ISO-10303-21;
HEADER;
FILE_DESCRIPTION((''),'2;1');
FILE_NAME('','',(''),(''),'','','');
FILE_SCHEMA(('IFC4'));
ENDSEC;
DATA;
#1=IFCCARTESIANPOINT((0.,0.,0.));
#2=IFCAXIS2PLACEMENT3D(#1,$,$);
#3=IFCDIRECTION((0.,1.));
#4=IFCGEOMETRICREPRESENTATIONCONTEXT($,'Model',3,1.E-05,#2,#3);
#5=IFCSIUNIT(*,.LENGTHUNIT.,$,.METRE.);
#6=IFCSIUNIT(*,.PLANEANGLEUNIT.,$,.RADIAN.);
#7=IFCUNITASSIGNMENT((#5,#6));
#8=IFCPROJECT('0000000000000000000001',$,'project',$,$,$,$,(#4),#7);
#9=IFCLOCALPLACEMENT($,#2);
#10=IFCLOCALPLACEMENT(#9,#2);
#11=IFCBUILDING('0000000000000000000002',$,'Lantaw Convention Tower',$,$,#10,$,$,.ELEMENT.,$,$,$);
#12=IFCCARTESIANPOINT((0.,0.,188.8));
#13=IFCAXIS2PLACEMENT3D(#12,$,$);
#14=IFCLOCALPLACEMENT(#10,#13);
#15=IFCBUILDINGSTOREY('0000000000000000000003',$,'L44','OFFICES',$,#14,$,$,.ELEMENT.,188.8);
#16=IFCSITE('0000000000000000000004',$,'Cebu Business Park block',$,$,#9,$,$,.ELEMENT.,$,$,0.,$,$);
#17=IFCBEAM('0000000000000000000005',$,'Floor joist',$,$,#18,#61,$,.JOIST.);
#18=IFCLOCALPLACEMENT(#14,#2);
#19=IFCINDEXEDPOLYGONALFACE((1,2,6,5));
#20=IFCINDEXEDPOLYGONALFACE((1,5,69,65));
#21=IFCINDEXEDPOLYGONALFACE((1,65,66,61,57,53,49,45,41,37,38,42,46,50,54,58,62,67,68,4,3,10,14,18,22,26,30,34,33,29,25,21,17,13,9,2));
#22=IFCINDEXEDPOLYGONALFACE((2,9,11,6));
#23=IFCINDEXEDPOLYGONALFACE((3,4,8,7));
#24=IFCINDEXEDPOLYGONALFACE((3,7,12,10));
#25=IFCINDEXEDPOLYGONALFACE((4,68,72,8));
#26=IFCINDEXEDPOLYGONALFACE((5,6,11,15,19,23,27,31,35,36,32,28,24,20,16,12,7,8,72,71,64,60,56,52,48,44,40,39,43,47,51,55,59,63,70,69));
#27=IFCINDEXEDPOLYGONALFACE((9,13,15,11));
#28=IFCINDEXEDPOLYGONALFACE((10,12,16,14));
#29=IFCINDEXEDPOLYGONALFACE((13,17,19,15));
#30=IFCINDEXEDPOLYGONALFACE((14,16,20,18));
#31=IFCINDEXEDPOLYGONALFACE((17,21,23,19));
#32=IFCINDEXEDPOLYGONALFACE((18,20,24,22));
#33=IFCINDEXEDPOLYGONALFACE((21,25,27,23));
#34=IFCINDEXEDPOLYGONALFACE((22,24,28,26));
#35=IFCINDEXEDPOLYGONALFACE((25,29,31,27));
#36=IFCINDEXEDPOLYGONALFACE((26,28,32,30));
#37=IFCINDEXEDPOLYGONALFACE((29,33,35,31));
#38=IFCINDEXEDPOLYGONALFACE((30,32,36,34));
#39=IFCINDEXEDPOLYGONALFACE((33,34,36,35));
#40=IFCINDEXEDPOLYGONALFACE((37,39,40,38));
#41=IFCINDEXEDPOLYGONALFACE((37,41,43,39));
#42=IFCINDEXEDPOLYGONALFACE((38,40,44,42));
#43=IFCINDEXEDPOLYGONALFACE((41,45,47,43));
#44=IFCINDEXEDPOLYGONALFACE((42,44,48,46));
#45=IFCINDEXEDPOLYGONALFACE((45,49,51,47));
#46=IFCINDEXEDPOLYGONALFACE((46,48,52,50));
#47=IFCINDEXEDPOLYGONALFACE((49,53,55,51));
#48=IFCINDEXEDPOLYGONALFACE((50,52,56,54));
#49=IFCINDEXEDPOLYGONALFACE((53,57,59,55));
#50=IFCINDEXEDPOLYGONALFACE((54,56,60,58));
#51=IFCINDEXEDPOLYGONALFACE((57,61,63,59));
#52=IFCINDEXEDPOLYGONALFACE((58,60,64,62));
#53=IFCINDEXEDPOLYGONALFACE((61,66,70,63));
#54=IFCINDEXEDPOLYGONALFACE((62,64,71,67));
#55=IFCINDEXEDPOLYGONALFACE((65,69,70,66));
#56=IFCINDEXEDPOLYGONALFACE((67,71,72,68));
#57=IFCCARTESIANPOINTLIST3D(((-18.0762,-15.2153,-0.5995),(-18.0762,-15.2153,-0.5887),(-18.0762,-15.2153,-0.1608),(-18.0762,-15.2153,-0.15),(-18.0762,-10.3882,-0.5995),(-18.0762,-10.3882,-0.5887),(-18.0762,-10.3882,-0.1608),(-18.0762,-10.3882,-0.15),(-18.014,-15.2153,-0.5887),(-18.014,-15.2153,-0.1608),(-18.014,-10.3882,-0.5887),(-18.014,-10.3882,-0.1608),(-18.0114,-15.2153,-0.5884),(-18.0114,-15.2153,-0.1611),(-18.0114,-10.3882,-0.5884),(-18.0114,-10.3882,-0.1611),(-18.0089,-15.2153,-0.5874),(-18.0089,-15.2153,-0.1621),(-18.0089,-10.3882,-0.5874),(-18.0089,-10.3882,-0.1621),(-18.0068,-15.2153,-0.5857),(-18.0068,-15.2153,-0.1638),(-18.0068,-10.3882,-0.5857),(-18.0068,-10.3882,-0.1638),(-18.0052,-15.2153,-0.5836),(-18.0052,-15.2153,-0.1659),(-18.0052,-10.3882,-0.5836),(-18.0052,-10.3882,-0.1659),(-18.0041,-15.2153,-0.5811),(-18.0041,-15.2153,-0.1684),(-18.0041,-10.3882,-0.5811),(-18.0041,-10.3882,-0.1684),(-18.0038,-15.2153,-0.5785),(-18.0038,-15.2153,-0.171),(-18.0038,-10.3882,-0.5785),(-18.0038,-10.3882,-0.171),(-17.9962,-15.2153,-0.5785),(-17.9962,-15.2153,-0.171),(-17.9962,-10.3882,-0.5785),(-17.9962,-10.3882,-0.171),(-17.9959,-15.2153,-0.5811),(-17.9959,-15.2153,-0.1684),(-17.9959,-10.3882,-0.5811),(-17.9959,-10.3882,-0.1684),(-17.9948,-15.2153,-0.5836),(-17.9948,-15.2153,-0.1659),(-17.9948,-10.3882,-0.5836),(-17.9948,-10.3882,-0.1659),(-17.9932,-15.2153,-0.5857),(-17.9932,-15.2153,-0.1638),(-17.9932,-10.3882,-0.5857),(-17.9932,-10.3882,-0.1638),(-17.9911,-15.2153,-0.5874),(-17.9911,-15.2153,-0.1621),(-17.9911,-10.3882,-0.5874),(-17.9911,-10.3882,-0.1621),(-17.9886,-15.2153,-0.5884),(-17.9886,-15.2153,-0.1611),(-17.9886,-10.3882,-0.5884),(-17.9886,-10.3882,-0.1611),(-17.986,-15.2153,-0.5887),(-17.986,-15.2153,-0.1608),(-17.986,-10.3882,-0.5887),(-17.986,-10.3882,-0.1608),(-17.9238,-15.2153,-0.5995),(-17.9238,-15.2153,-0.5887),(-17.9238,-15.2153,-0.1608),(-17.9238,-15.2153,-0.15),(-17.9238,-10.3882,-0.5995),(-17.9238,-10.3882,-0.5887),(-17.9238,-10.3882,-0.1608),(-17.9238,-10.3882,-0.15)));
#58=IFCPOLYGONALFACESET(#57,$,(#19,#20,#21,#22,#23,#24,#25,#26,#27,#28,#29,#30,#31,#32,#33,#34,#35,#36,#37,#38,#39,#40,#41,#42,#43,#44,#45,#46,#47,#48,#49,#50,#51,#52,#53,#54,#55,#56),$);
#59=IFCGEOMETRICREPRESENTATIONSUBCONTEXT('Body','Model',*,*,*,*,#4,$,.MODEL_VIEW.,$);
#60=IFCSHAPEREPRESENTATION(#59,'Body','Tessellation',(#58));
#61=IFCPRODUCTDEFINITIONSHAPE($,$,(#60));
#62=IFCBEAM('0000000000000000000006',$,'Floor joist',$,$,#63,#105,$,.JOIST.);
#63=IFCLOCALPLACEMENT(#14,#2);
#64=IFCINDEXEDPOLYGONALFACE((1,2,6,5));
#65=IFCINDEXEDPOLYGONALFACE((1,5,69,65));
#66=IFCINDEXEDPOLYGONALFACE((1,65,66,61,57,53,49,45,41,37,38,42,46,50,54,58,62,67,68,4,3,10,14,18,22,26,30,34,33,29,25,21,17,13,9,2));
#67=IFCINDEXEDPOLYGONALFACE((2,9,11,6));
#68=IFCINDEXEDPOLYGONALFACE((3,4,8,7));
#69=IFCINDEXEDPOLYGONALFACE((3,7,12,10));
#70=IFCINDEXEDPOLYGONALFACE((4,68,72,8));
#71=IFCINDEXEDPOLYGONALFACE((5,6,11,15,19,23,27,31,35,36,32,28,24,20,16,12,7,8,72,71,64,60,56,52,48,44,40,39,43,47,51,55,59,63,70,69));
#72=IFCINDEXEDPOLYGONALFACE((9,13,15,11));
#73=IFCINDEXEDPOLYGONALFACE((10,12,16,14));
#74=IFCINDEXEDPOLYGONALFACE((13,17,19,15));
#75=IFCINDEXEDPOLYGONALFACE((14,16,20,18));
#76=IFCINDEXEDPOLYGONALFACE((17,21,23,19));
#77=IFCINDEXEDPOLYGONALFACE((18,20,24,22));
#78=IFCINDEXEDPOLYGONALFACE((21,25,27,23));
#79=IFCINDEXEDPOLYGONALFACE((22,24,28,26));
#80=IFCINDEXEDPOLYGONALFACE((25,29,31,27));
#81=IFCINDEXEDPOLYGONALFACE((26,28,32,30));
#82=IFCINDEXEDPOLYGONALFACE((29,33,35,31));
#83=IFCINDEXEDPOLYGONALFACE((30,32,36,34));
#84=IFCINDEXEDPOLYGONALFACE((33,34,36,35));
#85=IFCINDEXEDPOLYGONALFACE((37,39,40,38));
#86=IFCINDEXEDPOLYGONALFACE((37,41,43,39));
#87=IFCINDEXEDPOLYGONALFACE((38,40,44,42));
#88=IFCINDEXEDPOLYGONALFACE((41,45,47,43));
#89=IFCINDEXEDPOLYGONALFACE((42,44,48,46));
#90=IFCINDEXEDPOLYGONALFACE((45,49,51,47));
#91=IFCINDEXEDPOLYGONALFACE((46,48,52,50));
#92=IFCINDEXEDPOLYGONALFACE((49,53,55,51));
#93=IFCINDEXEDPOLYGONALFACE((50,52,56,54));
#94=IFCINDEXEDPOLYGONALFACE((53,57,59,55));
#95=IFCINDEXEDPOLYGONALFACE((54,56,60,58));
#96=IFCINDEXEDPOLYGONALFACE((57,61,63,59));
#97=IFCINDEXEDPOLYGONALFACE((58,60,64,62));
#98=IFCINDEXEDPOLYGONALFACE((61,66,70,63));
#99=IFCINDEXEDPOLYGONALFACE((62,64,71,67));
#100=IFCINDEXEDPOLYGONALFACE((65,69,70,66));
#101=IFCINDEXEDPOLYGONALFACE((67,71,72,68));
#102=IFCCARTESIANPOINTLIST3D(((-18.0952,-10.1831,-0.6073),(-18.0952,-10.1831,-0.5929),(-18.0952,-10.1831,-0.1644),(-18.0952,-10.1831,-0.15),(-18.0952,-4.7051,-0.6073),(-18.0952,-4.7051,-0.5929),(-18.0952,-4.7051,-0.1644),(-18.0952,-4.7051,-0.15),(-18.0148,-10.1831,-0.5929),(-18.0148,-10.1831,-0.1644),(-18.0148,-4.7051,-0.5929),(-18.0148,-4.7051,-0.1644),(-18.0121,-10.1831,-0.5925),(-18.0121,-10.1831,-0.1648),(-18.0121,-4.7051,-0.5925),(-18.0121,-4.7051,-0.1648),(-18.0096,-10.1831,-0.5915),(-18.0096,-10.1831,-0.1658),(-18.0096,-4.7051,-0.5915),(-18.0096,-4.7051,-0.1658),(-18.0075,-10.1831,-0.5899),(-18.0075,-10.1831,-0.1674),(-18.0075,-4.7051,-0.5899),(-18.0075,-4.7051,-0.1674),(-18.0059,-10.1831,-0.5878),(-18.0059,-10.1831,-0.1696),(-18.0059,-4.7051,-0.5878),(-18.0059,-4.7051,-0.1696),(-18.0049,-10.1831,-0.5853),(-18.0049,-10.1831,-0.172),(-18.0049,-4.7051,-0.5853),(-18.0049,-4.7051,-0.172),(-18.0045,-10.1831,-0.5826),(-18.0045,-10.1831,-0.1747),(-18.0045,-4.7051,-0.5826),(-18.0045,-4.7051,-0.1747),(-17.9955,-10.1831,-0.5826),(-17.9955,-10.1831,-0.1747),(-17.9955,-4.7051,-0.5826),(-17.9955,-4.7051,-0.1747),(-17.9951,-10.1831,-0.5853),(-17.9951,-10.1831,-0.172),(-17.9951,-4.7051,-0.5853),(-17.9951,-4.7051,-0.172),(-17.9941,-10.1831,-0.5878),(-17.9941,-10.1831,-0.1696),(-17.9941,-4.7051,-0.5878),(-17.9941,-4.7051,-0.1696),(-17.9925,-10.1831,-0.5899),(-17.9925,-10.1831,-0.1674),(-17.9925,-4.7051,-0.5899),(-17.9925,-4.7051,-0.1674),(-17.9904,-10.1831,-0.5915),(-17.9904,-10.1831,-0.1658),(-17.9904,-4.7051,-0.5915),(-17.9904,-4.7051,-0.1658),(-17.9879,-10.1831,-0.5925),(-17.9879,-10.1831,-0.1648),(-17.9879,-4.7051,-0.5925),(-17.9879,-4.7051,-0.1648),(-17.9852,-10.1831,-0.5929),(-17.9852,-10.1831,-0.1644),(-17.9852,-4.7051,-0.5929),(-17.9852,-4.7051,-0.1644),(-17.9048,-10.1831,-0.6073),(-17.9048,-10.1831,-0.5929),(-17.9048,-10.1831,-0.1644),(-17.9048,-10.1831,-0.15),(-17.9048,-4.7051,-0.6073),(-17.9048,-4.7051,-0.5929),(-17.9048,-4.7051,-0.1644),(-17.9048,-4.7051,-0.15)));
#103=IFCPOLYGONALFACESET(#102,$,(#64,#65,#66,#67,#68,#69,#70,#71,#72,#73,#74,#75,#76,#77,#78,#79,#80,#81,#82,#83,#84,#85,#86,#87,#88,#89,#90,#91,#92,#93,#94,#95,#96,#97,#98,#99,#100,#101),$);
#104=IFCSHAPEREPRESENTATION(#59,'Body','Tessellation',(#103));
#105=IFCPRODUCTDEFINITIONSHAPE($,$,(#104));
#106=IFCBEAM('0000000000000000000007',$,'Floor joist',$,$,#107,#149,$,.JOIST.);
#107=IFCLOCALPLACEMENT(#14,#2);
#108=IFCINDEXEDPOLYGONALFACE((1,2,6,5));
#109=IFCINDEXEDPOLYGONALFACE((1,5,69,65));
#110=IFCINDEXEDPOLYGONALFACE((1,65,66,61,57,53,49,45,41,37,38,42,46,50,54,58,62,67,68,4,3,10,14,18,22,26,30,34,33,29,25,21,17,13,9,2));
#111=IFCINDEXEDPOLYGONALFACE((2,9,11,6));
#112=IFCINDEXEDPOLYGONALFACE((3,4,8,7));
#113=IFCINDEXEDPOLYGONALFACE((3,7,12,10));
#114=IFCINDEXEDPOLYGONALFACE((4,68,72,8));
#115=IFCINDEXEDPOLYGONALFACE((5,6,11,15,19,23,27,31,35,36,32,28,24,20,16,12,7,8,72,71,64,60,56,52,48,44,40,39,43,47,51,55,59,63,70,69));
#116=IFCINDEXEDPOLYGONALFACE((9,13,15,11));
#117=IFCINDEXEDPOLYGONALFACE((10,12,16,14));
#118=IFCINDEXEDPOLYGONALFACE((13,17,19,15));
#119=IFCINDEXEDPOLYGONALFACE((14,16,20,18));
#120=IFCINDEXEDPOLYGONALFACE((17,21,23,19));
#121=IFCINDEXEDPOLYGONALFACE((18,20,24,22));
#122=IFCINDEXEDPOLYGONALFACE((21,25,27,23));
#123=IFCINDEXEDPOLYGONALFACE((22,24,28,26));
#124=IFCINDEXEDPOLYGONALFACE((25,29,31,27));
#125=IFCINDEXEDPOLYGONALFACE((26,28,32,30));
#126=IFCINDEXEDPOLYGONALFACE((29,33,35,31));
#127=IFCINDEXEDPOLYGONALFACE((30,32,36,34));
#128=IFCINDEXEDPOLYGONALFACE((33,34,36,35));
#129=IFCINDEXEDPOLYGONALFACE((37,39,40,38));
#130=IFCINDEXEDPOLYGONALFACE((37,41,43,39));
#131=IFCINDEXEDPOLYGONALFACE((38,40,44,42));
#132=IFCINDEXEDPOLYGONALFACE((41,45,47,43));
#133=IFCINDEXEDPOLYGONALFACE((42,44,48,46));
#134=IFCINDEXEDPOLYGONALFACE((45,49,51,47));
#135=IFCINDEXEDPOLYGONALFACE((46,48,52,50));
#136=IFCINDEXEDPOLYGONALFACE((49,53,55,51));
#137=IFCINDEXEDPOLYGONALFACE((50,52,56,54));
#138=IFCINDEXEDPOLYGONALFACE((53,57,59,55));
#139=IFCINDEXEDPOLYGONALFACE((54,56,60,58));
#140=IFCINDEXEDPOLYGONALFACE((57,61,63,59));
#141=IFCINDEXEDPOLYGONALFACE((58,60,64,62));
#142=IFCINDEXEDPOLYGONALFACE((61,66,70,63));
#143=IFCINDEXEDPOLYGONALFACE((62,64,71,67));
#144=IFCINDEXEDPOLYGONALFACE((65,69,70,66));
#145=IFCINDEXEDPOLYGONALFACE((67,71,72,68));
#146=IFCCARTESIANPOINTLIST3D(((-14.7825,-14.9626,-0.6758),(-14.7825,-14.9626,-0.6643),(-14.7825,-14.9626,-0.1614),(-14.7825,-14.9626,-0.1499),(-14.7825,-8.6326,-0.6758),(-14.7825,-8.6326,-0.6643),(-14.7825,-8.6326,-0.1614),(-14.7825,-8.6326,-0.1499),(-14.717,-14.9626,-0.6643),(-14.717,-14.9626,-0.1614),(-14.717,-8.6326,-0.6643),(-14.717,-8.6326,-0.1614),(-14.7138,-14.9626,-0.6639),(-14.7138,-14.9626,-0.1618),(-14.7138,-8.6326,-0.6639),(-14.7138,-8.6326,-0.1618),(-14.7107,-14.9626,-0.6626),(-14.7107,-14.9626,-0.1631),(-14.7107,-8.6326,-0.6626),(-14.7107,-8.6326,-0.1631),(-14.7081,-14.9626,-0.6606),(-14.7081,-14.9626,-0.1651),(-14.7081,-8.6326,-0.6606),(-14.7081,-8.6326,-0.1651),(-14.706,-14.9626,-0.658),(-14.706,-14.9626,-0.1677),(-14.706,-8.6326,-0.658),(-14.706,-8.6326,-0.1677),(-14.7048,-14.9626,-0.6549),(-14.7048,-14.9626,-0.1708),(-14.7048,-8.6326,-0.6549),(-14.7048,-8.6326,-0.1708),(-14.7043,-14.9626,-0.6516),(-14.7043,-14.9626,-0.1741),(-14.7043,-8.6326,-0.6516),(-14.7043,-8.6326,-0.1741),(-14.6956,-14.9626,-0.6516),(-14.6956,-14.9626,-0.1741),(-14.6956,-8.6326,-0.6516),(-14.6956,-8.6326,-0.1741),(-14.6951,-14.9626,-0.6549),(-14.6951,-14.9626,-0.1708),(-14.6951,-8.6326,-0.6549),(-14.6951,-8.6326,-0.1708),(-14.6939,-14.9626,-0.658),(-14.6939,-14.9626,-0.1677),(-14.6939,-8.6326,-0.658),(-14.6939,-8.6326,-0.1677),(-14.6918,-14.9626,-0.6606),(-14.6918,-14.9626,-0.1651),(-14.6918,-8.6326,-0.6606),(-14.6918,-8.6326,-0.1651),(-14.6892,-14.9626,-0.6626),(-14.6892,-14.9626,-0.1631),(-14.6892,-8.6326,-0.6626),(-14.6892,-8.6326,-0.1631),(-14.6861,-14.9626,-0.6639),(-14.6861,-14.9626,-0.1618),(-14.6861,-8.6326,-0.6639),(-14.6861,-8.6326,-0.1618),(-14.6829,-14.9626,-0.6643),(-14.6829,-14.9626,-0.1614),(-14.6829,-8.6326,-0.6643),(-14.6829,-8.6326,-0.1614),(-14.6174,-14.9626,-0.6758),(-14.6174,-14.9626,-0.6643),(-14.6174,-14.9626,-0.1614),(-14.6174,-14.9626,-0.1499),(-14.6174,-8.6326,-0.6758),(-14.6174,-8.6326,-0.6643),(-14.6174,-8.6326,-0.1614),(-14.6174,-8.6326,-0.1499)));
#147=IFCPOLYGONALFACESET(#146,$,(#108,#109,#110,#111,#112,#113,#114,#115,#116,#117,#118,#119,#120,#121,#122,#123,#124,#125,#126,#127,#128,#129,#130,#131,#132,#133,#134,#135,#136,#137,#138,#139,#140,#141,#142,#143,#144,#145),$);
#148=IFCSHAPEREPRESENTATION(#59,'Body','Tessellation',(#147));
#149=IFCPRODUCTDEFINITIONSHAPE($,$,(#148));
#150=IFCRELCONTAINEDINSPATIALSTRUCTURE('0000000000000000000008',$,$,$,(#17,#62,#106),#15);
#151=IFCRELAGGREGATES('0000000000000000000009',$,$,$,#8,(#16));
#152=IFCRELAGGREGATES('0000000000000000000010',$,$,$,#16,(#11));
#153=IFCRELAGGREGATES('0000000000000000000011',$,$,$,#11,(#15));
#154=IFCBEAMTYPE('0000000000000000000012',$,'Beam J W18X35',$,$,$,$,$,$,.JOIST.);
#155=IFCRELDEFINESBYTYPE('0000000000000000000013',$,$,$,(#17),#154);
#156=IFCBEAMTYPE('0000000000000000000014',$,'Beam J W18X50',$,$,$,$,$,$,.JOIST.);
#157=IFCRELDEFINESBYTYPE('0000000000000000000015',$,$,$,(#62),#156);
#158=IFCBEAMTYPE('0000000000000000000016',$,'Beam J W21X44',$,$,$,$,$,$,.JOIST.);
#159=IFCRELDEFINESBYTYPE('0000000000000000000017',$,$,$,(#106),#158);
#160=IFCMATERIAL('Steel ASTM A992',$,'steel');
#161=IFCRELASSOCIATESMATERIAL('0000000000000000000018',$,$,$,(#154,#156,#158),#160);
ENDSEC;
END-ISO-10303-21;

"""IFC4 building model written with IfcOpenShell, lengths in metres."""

from ifc_helpers import new_model, si_unit, direction, frame, origin, origin_2d, place, context, subcontext, project, spatial, i_section, extrude, material, material_profile, profile_set, type_object, element, save


model = new_model("IFC4")

# Units and contexts
model_context = context("Model", 3, precision=1e-05, world=origin(), true_north=direction((0.0, 1.0)))
body_context = subcontext(model_context, "Body", "Model", "MODEL_VIEW")
ifc_project = project(units=[si_unit("LENGTHUNIT", "METRE"), si_unit("PLANEANGLEUNIT", "RADIAN")], contexts=[model_context])

# Site, building, storey
site_placement = place(None, origin())
site = spatial("IfcSite", under=ifc_project, at=site_placement, Name="Cebu Business Park block", CompositionType="ELEMENT", RefElevation=0.0)
building_placement = place(site_placement, origin())
building = spatial("IfcBuilding", under=site, at=building_placement, Name="Lantaw Convention Tower", CompositionType="ELEMENT")
storey_placement = place(building_placement, frame((0.0, 0.0, 188.8)))
storey = spatial("IfcBuildingStorey", under=building, at=storey_placement, Name="L44", Description="OFFICES", CompositionType="ELEMENT", Elevation=188.8)

# Beams
ifc_material_1 = material(Name="Steel ASTM A992", Category="steel")
ifc_material_profile_1 = material_profile(ifc_material_1, i_section(OverallWidth=0.1523, OverallDepth=0.4495, WebThickness=0.0076, FlangeThickness=0.0107, FilletRadius=0.0103, at=origin_2d()), Name="W18X35")
ifc_profile_set_1 = profile_set([ifc_material_profile_1], Name="Steel ASTM A992")
beam_type_1 = type_object("IfcBeamType", Name="Beam J W18X35", PredefinedType="JOIST", material=ifc_profile_set_1)
beam_1_placement = place(storey_placement, frame((-18.0, -15.2153, -0.3748), z_axis=(0.0, 1.0, 0.0), x_axis=(-1.0, 0.0, 0.0)))
element("IfcBeam", 1, at=beam_1_placement, inside=storey, type_object=beam_type_1, Name="Floor joist", PredefinedType="JOIST", context=body_context, shape_type="SweptSolid", body=[
    extrude(i_section(OverallWidth=0.1523, OverallDepth=0.4495, WebThickness=0.0076, FlangeThickness=0.0107, FilletRadius=0.0103, at=origin_2d()), origin(), (0.0, 0.0, 1.0), 4.8271),
])
ifc_material_profile_2 = material_profile(ifc_material_1, i_section(OverallWidth=0.1904, OverallDepth=0.4573, WebThickness=0.009, FlangeThickness=0.0144, FilletRadius=0.0103, at=origin_2d()), Name="W18X50")
ifc_profile_set_2 = profile_set([ifc_material_profile_2], Name="Steel ASTM A992")
beam_type_2 = type_object("IfcBeamType", Name="Beam J W18X50", PredefinedType="JOIST", material=ifc_profile_set_2)
beam_2_placement = place(storey_placement, frame((-18.0, -10.1831, -0.3787), z_axis=(0.0, 1.0, 0.0), x_axis=(-1.0, 0.0, 0.0)))
element("IfcBeam", 2, at=beam_2_placement, inside=storey, type_object=beam_type_2, Name="Floor joist", PredefinedType="JOIST", context=body_context, shape_type="SweptSolid", body=[
    extrude(i_section(OverallWidth=0.1904, OverallDepth=0.4573, WebThickness=0.009, FlangeThickness=0.0144, FilletRadius=0.0103, at=origin_2d()), origin(), (0.0, 0.0, 1.0), 5.478),
])
ifc_material_profile_3 = material_profile(ifc_material_1, i_section(OverallWidth=0.165, OverallDepth=0.5259, WebThickness=0.0088, FlangeThickness=0.0115, FilletRadius=0.0127, at=origin_2d()), Name="W21X44")
ifc_profile_set_3 = profile_set([ifc_material_profile_3], Name="Steel ASTM A992")
beam_type_3 = type_object("IfcBeamType", Name="Beam J W21X44", PredefinedType="JOIST", material=ifc_profile_set_3)
beam_3_placement = place(storey_placement, frame((-14.7, -14.9626, -0.4128), z_axis=(0.0, 1.0, 0.0), x_axis=(-1.0, 0.0, 0.0)))
element("IfcBeam", 3, at=beam_3_placement, inside=storey, type_object=beam_type_3, Name="Floor joist", PredefinedType="JOIST", context=body_context, shape_type="SweptSolid", body=[
    extrude(i_section(OverallWidth=0.165, OverallDepth=0.5259, WebThickness=0.0088, FlangeThickness=0.0115, FilletRadius=0.0127, at=origin_2d()), origin(), (0.0, 0.0, 1.0), 6.3301),
])

save(model, "model.ifc")
